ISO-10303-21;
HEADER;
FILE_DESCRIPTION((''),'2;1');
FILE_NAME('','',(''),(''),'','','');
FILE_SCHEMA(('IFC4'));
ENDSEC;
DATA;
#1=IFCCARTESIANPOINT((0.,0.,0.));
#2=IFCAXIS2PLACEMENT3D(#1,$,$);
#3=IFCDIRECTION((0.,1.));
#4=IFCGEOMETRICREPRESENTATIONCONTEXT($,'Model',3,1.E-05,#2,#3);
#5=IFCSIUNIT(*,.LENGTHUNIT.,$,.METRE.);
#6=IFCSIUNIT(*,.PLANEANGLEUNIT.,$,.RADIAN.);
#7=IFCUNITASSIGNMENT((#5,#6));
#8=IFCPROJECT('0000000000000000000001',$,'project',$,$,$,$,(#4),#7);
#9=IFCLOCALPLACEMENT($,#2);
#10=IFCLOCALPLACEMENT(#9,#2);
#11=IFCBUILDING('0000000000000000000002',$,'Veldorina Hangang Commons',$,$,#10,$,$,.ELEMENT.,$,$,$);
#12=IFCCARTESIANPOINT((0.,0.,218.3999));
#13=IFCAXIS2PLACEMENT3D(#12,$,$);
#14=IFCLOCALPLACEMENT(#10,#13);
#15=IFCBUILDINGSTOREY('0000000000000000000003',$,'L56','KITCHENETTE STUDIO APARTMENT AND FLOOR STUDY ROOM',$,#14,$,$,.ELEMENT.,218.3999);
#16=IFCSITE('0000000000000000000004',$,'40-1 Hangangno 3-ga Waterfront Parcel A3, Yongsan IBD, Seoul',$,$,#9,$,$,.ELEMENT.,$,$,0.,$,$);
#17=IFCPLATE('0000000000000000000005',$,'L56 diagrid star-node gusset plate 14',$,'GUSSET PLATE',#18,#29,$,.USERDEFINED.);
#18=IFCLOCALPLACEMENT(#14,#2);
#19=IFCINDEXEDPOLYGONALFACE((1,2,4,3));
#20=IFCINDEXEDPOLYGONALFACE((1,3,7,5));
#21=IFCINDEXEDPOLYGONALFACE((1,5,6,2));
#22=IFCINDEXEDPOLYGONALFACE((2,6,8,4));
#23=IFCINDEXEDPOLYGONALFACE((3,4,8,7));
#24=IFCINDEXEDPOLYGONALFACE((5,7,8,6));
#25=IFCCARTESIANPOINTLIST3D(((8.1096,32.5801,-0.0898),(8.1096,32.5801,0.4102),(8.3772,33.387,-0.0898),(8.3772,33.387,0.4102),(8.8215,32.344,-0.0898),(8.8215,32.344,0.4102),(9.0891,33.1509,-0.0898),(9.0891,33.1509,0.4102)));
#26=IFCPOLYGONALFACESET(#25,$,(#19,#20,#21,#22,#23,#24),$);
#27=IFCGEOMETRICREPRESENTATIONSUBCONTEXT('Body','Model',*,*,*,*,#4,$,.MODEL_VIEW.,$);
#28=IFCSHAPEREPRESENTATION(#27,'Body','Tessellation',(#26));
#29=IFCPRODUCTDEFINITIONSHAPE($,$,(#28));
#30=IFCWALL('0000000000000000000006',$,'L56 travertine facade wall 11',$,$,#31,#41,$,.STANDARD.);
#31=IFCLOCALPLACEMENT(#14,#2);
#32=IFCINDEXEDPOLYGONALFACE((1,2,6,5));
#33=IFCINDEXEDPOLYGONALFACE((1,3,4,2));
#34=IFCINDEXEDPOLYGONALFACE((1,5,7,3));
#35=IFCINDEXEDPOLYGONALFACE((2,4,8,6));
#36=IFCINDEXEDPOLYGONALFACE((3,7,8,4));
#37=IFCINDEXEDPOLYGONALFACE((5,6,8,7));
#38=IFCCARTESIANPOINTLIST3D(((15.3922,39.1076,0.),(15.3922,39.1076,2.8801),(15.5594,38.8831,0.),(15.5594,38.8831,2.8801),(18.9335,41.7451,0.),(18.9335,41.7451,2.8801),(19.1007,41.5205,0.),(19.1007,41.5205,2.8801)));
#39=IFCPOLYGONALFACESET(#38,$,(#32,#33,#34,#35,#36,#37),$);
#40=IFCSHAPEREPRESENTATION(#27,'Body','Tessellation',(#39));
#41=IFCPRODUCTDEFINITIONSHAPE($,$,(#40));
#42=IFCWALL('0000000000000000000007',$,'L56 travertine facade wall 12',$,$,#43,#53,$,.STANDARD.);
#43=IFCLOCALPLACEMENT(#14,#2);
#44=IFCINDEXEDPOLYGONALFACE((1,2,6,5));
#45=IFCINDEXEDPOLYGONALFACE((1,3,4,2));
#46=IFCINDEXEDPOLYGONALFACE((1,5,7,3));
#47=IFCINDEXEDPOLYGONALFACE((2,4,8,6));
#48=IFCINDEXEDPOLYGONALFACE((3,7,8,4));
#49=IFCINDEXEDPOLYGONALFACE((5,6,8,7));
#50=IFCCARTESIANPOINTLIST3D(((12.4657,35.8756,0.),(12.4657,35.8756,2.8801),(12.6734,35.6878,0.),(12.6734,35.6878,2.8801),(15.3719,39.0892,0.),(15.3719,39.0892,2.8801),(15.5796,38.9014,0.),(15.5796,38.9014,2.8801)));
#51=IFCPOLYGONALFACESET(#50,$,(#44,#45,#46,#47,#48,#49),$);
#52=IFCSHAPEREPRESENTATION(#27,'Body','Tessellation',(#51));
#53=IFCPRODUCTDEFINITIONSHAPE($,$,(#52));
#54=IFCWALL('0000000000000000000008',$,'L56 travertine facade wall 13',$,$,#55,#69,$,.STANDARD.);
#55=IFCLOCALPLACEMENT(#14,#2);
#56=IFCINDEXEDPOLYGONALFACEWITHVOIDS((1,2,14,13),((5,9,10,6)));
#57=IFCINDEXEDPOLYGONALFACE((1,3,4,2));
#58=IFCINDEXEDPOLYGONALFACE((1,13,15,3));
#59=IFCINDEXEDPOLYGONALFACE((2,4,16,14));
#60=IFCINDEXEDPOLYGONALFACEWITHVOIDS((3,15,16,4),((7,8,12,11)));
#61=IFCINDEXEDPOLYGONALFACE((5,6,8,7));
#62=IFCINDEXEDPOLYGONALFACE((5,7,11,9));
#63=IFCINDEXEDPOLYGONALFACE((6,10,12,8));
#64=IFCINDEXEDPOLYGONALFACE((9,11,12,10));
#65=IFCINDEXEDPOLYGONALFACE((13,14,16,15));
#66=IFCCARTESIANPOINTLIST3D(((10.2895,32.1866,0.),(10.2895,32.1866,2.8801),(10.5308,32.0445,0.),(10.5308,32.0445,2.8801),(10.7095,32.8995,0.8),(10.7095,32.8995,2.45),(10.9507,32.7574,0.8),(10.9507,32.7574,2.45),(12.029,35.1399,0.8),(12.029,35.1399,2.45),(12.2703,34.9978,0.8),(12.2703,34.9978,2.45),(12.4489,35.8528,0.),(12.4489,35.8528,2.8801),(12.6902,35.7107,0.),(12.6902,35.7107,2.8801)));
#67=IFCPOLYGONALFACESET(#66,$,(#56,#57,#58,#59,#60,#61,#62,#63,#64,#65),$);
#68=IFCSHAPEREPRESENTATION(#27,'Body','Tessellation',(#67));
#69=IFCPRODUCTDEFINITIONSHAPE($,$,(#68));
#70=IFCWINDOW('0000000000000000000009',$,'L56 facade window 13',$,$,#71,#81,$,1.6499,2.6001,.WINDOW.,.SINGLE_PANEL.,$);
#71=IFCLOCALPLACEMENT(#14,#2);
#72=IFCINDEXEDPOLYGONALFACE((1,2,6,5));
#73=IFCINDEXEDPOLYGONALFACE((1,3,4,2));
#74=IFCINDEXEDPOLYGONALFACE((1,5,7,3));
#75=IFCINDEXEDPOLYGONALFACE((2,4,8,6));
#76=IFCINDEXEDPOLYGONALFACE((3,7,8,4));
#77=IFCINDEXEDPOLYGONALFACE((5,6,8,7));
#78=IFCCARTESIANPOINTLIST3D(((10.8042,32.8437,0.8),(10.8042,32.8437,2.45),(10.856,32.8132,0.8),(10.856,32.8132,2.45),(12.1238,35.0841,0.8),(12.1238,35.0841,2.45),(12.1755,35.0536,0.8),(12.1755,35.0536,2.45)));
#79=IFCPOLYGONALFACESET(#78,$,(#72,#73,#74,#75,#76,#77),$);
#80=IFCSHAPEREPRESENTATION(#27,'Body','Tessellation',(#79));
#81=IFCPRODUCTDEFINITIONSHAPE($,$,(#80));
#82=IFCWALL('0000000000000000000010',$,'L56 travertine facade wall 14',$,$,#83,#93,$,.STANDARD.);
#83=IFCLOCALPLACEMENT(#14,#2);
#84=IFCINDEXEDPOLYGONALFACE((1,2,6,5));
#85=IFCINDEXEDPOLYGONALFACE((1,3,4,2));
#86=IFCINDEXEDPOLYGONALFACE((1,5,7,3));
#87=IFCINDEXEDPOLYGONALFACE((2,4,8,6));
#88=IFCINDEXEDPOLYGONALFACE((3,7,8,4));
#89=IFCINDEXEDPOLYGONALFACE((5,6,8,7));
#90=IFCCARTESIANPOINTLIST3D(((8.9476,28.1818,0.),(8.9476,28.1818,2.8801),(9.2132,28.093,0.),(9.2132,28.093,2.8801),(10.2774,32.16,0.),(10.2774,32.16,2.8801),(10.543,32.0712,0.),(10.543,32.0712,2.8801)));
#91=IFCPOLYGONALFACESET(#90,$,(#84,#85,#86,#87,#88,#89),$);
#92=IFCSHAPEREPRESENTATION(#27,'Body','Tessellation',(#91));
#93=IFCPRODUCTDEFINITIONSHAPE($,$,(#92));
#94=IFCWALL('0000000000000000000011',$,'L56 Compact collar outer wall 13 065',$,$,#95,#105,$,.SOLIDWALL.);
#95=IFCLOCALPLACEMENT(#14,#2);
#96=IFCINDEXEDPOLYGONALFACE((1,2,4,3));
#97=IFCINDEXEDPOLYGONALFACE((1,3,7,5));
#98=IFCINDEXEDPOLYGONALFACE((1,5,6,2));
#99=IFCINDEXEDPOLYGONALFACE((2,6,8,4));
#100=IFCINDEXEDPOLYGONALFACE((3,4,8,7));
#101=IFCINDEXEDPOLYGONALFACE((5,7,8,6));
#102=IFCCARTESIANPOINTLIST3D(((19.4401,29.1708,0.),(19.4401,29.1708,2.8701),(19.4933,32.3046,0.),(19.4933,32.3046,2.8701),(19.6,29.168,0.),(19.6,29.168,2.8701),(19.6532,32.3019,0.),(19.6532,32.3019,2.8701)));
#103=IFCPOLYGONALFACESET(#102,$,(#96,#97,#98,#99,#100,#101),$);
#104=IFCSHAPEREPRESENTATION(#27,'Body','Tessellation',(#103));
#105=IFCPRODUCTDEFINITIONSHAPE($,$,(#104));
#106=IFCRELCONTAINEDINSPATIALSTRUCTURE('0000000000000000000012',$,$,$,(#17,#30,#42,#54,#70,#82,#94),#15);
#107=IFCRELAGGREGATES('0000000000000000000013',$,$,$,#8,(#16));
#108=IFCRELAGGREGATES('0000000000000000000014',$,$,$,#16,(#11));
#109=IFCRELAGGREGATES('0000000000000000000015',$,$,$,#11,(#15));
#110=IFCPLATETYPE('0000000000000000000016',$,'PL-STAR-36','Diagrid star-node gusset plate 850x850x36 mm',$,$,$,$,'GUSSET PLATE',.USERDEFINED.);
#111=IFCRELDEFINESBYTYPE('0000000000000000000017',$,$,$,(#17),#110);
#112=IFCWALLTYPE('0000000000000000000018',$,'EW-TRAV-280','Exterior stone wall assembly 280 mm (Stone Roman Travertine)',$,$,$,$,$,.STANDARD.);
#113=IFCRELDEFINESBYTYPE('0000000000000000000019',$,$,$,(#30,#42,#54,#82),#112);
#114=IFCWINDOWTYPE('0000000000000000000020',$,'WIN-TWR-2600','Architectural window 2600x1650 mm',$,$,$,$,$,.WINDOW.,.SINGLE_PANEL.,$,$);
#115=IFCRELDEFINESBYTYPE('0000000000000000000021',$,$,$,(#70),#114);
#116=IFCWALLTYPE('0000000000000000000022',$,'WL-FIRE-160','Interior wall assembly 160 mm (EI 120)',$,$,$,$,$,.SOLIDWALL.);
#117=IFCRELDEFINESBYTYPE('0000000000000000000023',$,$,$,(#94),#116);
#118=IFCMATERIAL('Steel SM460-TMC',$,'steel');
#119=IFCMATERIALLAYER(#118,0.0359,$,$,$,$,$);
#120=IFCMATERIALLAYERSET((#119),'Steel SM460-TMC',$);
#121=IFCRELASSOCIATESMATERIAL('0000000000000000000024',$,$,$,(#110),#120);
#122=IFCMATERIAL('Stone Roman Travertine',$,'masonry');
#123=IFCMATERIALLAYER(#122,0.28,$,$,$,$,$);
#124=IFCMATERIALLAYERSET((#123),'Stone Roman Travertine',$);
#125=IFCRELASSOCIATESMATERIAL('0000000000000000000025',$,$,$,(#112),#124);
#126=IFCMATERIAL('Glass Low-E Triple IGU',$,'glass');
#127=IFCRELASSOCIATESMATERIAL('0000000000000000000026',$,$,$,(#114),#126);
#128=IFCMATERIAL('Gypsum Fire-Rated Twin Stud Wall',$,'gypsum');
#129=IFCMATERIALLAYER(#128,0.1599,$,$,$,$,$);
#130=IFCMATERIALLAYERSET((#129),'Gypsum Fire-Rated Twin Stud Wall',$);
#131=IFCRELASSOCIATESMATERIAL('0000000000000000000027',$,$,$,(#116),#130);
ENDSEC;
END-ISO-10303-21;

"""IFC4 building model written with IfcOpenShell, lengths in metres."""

from ifc_helpers import new_model, si_unit, direction, frame, frame_2d, origin, origin_2d, place, context, subcontext, project, spatial, rectangle, extrude, material, layer, layer_set, type_object, element, fill, save


model = new_model("IFC4")

# Units and contexts
model_context = context("Model", 3, precision=1e-05, world=origin(), true_north=direction((0.0, 1.0)))
body_context = subcontext(model_context, "Body", "Model", "MODEL_VIEW")
ifc_project = project(units=[si_unit("LENGTHUNIT", "METRE"), si_unit("PLANEANGLEUNIT", "RADIAN")], contexts=[model_context])

# Site, building, storey
site_placement = place(None, origin())
site = spatial("IfcSite", under=ifc_project, at=site_placement, Name="40-1 Hangangno 3-ga Waterfront Parcel A3, Yongsan IBD, Seoul", CompositionType="ELEMENT", RefElevation=0.0)
building_placement = place(site_placement, origin())
building = spatial("IfcBuilding", under=site, at=building_placement, Name="Veldorina Hangang Commons", CompositionType="ELEMENT")
storey_placement = place(building_placement, frame((0.0, 0.0, 218.3999)))
storey = spatial("IfcBuildingStorey", under=building, at=storey_placement, Name="L56", Description="KITCHENETTE STUDIO APARTMENT AND FLOOR STUDY ROOM", CompositionType="ELEMENT", Elevation=218.3999)

# Plate
ifc_material_1 = material(Name="Steel SM460-TMC", Category="steel")
ifc_layer_1 = layer(ifc_material_1, 0.0359)
ifc_layer_set_1 = layer_set([ifc_layer_1], Name="Steel SM460-TMC")
plate_type = type_object("IfcPlateType", Name="PL-STAR-36", Description="Diagrid star-node gusset plate 850x850x36 mm", ElementType="GUSSET PLATE", PredefinedType="USERDEFINED", material=ifc_layer_set_1)
for number, where, z_axis, x_axis, name in (
    (1, (8.5994, 32.8655, -0.0898), (0.0, 0.0, 1.0), (-0.314788, -0.949162, 0.0), "L56 diagrid star-node gusset plate 14"),
):
    element("IfcPlate", number, at=place(storey_placement, frame(where, z_axis=z_axis, x_axis=x_axis)), inside=storey, type_object=plate_type, Name=name, ObjectType="GUSSET PLATE", PredefinedType="USERDEFINED", context=body_context, shape_type="SweptSolid", body=[
        extrude(rectangle(XDim=0.8501, YDim=0.75, at=origin_2d()), origin(), (0.0, 0.0, 1.0), 0.5),
    ])

# Walls
ifc_material_2 = material(Name="Stone Roman Travertine", Category="masonry")
ifc_layer_2 = layer(ifc_material_2, 0.28)
ifc_layer_set_2 = layer_set([ifc_layer_2], Name="Stone Roman Travertine")
wall_type_1 = type_object("IfcWallType", Name="EW-TRAV-280", Description="Exterior stone wall assembly 280 mm (Stone Roman Travertine)", PredefinedType="STANDARD", material=ifc_layer_set_2)
wall_1_placement = place(storey_placement, frame((19.0171, 41.6328, 0.0), z_axis=(0.0, 0.0, 1.0), x_axis=(-0.802006, -0.597316, 0.0)))
element("IfcWall", 2, at=wall_1_placement, inside=storey, type_object=wall_type_1, Name="L56 travertine facade wall 11", PredefinedType="STANDARD", context=body_context, shape_type="SweptSolid", body=[
    extrude(rectangle(XDim=4.4155, YDim=0.28, at=frame_2d((2.2078, 0.0))), origin(), (0.0, 0.0, 1.0), 2.8801),
])
wall_2_placement = place(storey_placement, frame((15.4758, 38.9954, 0.0), z_axis=(0.0, 0.0, 1.0), x_axis=(-0.670747, -0.741687, 0.0)))
element("IfcWall", 3, at=wall_2_placement, inside=storey, type_object=wall_type_1, Name="L56 travertine facade wall 12", PredefinedType="STANDARD", context=body_context, shape_type="SweptSolid", body=[
    extrude(rectangle(XDim=4.3328, YDim=0.28, at=frame_2d((2.1665, 0.0))), origin(), (0.0, 0.0, 1.0), 2.8801),
])

# Wall, opening, window
wall_3_placement = place(storey_placement, frame((12.5696, 35.7817, 0.0), z_axis=(0.0, 0.0, 1.0), x_axis=(-0.507509, -0.861646, 0.0)))
wall_3 = element("IfcWall", 4, at=wall_3_placement, inside=storey, type_object=wall_type_1, Name="L56 travertine facade wall 13", PredefinedType="STANDARD", context=body_context, shape_type="SweptSolid", body=[
    extrude(rectangle(XDim=4.2549, YDim=0.28, at=frame_2d((2.1274, 0.0))), origin(), (0.0, 0.0, 1.0), 2.8801),
])
opening_placement = place(wall_3_placement, frame((0.8274, 0.0, 0.8)))
opening = element("IfcOpeningElement", 5, at=opening_placement, cuts=wall_3, PredefinedType="OPENING", context=body_context, shape_type="SweptSolid", body=[
    extrude(rectangle(XDim=2.6001, YDim=1.6499, at=frame_2d((1.3, 0.825))), frame((0.0, 0.1499, 0.0), z_axis=(0.0, -1.0, 0.0), x_axis=(1.0, 0.0, 0.0)), (0.0, 0.0, 1.0), 0.3),
])
ifc_material_3 = material(Name="Glass Low-E Triple IGU", Category="glass")
window_type = type_object("IfcWindowType", Name="WIN-TWR-2600", Description="Architectural window 2600x1650 mm", PartitioningType="SINGLE_PANEL", PredefinedType="WINDOW", material=ifc_material_3)
window_placement = place(opening_placement, origin())
window = element("IfcWindow", 6, at=window_placement, inside=storey, type_object=window_type, Name="L56 facade window 13", OverallHeight=1.6499, OverallWidth=2.6001, PartitioningType="SINGLE_PANEL", PredefinedType="WINDOW", context=body_context, shape_type="SweptSolid", body=[
    extrude(rectangle(XDim=2.6001, YDim=1.6499, at=frame_2d((1.3, 0.825))), frame((0.0, 0.03, 0.0), z_axis=(0.0, -1.0, 0.0), x_axis=(1.0, 0.0, 0.0)), (0.0, 0.0, 1.0), 0.0601),
])
fill(opening, window)

# Walls
wall_4_placement = place(storey_placement, frame((10.4102, 32.1155, 0.0), z_axis=(0.0, 0.0, 1.0), x_axis=(-0.317031, -0.948415, 0.0)))
element("IfcWall", 7, at=wall_4_placement, inside=storey, type_object=wall_type_1, Name="L56 travertine facade wall 14", PredefinedType="STANDARD", context=body_context, shape_type="SweptSolid", body=[
    extrude(rectangle(XDim=4.1946, YDim=0.28, at=frame_2d((2.0972, 0.0))), origin(), (0.0, 0.0, 1.0), 2.8801),
])
ifc_material_4 = material(Name="Gypsum Fire-Rated Twin Stud Wall", Category="gypsum")
ifc_layer_3 = layer(ifc_material_4, 0.1599)
ifc_layer_set_3 = layer_set([ifc_layer_3], Name="Gypsum Fire-Rated Twin Stud Wall")
wall_type_2 = type_object("IfcWallType", Name="WL-FIRE-160", Description="Interior wall assembly 160 mm (EI 120)", PredefinedType="SOLIDWALL", material=ifc_layer_set_3)
wall_5_placement = place(storey_placement, frame((19.5732, 32.3032, 0.0), z_axis=(0.0, 0.0, 1.0), x_axis=(-0.016981, -0.999856, 0.0)))
element("IfcWall", 8, at=wall_5_placement, inside=storey, type_object=wall_type_2, Name="L56 Compact collar outer wall 13 065", PredefinedType="SOLIDWALL", context=body_context, shape_type="SweptSolid", body=[
    extrude(rectangle(XDim=3.1343, YDim=0.1599, at=frame_2d((1.5671, 0.0))), origin(), (0.0, 0.0, 1.0), 2.8701),
])

save(model, "model.ifc")
